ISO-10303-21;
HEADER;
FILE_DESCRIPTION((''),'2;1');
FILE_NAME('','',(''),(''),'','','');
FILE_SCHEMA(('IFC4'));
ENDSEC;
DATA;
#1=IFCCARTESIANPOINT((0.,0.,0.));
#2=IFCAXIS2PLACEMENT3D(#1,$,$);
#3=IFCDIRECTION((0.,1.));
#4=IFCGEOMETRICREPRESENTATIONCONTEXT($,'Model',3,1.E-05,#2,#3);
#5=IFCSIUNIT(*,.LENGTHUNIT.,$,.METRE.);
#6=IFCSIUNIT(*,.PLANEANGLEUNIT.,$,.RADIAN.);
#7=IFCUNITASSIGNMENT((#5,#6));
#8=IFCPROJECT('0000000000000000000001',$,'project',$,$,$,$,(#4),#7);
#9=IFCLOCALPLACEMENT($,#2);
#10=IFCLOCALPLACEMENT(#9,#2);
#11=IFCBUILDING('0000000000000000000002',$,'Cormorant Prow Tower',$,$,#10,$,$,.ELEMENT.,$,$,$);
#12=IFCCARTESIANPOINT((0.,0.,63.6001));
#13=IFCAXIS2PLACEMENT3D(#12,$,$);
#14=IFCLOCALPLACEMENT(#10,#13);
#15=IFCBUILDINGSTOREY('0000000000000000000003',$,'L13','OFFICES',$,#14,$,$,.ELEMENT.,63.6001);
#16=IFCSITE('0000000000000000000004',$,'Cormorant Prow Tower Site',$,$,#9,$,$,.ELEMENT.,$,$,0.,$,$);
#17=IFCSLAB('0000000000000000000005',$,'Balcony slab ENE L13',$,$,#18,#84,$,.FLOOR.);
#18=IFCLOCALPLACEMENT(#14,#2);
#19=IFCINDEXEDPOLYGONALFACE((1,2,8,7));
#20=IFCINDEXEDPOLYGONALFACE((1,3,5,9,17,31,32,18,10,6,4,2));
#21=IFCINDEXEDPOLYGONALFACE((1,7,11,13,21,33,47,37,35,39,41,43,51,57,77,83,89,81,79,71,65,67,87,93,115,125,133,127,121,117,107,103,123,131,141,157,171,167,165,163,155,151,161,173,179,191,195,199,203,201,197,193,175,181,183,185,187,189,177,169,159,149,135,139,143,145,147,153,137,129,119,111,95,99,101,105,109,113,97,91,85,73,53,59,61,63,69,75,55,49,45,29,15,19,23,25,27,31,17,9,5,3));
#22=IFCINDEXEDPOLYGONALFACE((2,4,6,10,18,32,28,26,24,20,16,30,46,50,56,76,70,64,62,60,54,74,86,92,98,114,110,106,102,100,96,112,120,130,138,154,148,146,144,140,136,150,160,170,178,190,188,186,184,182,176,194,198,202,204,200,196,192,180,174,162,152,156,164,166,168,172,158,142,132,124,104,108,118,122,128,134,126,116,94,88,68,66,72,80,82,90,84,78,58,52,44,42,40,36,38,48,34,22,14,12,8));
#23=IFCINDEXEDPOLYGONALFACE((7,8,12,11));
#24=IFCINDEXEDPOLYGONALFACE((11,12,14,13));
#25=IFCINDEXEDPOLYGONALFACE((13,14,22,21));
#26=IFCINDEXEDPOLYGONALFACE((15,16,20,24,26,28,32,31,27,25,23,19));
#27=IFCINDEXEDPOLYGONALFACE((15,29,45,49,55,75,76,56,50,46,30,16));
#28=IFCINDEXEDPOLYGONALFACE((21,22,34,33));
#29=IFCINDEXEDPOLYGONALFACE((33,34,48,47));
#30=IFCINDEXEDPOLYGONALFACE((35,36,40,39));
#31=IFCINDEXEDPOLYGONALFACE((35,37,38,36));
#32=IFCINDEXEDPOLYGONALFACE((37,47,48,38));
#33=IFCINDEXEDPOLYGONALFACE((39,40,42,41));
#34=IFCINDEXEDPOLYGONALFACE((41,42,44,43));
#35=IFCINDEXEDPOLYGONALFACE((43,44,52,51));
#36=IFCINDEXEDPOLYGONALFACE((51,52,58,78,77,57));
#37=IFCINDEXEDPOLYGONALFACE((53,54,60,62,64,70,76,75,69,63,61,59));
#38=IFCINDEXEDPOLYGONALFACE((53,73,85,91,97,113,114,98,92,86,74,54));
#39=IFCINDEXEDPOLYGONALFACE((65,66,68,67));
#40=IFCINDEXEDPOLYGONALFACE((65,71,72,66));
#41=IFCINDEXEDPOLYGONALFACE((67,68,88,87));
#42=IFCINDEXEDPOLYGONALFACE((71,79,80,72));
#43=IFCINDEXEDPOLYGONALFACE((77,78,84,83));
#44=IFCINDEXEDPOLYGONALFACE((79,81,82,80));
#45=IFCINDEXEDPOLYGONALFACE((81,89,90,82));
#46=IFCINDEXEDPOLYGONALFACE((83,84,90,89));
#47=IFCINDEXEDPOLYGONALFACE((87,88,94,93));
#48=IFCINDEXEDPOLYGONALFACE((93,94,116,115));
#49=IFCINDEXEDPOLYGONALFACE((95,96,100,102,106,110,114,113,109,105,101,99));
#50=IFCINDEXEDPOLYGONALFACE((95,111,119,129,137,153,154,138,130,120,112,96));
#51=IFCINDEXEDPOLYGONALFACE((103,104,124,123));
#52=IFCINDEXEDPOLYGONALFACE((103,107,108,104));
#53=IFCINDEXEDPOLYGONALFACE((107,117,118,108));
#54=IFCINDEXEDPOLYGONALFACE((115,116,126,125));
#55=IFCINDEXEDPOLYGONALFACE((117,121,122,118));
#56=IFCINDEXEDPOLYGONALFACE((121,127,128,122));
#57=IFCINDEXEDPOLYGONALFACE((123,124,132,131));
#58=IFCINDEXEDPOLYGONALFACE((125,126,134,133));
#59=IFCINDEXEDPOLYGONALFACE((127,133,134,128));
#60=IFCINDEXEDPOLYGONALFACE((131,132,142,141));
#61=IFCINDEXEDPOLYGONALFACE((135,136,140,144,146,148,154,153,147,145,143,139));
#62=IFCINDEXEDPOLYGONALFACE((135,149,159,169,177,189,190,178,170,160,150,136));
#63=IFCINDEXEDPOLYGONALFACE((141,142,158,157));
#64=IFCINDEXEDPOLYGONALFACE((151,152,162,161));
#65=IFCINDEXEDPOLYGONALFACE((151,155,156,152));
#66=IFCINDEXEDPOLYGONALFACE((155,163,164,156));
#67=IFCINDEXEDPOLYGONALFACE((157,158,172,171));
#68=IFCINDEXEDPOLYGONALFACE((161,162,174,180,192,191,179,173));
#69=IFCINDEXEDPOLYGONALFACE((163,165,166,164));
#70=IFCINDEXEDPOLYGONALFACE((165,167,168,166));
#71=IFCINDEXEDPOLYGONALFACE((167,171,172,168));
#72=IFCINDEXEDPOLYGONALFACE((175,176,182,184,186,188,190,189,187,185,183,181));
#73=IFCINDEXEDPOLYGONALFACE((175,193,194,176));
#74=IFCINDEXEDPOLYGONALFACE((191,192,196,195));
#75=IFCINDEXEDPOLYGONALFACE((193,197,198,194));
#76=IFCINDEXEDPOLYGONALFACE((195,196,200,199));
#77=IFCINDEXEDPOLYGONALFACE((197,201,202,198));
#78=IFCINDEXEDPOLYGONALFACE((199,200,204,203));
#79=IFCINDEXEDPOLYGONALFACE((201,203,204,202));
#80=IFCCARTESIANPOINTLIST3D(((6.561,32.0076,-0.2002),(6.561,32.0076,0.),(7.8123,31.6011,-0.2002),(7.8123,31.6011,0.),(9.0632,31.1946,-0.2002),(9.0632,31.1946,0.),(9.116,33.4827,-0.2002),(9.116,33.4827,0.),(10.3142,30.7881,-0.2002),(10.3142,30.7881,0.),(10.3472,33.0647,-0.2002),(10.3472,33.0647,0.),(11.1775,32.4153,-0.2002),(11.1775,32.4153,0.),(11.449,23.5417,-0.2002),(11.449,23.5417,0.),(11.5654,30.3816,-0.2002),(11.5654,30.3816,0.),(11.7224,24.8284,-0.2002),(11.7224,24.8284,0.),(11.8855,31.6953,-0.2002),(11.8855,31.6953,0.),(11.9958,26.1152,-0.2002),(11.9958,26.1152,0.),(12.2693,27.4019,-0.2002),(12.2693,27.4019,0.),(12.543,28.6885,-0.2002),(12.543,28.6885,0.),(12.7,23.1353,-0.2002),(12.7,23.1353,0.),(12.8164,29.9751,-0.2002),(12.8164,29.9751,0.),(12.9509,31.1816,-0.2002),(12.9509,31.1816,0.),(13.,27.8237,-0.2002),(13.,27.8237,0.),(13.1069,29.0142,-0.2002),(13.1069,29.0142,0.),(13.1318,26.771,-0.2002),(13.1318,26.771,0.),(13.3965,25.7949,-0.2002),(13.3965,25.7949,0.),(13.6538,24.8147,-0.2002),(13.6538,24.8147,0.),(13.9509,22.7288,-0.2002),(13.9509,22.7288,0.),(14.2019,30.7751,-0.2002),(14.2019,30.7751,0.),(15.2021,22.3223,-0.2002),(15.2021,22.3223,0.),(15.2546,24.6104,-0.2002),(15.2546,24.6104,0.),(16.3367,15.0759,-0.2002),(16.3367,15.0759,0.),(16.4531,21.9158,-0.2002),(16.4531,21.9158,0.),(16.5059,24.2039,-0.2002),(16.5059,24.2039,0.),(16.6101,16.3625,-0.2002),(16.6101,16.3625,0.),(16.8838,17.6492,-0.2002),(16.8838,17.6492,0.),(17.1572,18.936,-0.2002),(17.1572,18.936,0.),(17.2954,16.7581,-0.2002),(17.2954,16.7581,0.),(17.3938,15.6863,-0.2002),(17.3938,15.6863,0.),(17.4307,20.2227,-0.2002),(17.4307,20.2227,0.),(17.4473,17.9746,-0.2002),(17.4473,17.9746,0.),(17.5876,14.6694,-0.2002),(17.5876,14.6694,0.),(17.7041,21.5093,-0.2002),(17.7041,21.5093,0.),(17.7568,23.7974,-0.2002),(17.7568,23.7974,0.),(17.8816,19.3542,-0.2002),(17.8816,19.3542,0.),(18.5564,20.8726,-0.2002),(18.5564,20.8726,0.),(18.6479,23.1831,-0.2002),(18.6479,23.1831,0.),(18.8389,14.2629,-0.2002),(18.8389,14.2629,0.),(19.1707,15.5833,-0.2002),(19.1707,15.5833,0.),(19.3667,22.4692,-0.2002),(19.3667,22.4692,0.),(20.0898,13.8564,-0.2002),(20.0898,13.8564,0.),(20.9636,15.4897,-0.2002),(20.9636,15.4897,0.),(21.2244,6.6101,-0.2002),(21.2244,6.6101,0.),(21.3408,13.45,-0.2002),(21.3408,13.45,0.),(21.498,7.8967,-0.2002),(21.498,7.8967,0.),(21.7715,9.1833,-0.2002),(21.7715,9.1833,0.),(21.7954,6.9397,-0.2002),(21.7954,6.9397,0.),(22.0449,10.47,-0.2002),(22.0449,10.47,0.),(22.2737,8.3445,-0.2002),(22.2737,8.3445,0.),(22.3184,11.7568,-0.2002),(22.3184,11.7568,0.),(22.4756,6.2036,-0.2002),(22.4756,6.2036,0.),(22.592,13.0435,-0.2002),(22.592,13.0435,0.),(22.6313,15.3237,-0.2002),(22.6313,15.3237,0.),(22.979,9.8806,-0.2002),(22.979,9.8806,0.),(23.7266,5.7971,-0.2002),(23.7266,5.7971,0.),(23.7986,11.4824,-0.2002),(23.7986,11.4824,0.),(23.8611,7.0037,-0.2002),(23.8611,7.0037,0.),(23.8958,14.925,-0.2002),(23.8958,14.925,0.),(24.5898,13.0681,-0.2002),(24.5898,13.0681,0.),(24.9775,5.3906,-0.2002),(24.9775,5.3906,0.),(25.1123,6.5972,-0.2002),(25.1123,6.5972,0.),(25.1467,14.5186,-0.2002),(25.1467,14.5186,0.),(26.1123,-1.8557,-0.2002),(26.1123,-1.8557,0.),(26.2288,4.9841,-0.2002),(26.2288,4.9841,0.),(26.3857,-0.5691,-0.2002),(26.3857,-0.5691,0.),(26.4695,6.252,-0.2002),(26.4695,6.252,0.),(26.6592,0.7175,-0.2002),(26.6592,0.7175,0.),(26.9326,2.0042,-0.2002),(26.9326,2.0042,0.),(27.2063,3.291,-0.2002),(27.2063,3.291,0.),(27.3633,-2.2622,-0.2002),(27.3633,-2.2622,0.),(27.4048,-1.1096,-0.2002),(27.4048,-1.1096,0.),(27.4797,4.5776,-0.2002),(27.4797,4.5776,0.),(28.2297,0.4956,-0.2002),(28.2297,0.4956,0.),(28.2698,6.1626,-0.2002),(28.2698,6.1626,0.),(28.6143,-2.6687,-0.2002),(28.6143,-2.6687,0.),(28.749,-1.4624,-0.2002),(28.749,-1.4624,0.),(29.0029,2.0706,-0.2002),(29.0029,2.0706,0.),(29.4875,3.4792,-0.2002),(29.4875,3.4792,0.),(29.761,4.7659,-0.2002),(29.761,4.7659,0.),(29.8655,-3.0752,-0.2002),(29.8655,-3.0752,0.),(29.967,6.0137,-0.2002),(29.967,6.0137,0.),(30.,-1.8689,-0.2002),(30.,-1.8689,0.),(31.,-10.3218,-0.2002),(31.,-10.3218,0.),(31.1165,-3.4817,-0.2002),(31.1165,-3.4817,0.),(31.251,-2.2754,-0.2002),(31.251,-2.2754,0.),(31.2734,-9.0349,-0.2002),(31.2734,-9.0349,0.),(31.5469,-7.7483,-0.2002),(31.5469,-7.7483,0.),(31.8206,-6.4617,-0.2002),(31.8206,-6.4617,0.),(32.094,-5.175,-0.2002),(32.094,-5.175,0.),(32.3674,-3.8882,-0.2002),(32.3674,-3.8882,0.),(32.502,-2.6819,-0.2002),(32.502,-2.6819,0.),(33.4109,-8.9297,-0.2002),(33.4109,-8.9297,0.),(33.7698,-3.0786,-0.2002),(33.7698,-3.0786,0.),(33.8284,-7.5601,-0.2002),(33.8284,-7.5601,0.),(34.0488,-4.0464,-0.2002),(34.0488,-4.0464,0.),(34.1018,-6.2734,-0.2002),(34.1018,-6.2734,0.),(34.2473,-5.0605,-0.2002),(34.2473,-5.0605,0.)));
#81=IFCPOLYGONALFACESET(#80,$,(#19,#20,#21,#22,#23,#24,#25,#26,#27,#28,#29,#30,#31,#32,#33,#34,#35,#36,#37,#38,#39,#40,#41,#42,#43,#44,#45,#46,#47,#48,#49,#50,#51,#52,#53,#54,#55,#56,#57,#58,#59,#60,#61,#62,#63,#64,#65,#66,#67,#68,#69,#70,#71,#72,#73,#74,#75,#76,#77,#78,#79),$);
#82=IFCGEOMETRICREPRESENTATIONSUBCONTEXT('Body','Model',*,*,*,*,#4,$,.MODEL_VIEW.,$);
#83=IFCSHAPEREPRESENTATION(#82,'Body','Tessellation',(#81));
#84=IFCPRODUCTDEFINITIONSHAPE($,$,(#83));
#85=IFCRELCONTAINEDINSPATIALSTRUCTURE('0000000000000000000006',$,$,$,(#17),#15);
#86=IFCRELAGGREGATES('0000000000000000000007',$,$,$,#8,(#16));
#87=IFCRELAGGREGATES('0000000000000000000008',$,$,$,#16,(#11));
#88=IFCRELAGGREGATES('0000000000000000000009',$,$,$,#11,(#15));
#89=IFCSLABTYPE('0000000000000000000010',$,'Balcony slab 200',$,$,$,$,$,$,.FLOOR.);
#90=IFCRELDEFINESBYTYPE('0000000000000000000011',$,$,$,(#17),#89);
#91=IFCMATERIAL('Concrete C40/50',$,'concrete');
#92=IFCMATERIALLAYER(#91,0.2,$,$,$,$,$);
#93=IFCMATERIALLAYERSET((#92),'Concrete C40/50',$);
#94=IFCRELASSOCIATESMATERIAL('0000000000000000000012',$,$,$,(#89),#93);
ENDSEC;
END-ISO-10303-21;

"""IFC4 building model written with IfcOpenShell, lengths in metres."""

from ifc_helpers import new_model, si_unit, direction, frame, origin, place, context, subcontext, project, spatial, polyline, outline, extrude, material, layer, layer_set, type_object, element, save


model = new_model("IFC4")

# Units and contexts
model_context = context("Model", 3, precision=1e-05, world=origin(), true_north=direction((0.0, 1.0)))
body_context = subcontext(model_context, "Body", "Model", "MODEL_VIEW")
ifc_project = project(units=[si_unit("LENGTHUNIT", "METRE"), si_unit("PLANEANGLEUNIT", "RADIAN")], contexts=[model_context])

# Site, building, storey
site_placement = place(None, origin())
site = spatial("IfcSite", under=ifc_project, at=site_placement, Name="Cormorant Prow Tower Site", CompositionType="ELEMENT", RefElevation=0.0)
building_placement = place(site_placement, origin())
building = spatial("IfcBuilding", under=site, at=building_placement, Name="Cormorant Prow Tower", CompositionType="ELEMENT")
storey_placement = place(building_placement, frame((0.0, 0.0, 63.6001)))
storey = spatial("IfcBuildingStorey", under=building, at=storey_placement, Name="L13", Description="OFFICES", CompositionType="ELEMENT", Elevation=63.6001)

# Slab
ifc_material_1 = material(Name="Concrete C40/50", Category="concrete")
ifc_layer_1 = layer(ifc_material_1, 0.2)
ifc_layer_set_1 = layer_set([ifc_layer_1], Name="Concrete C40/50")
slab_type_1 = type_object("IfcSlabType", Name="Balcony slab 200", PredefinedType="FLOOR", material=ifc_layer_set_1)
slab_1_placement = place(storey_placement, frame((0.0, 0.0, -0.2002)))
element("IfcSlab", 1, at=slab_1_placement, inside=storey, type_object=slab_type_1, Name="Balcony slab ENE L13", PredefinedType="FLOOR", context=body_context, shape_type="SweptSolid", body=[
    extrude(outline(polyline([(31.0, -10.3218), (33.4109, -8.9297), (33.8284, -7.5601), (34.1018, -6.2734), (34.2473, -5.0605), (34.0488, -4.0464), (33.7698, -3.0786), (32.502, -2.6819), (31.251, -2.2754), (30.0, -1.8689), (28.749, -1.4624), (27.4048, -1.1096), (28.2297, 0.4956), (29.0029, 2.0706), (29.4875, 3.4792), (29.761, 4.7659), (29.967, 6.0137), (28.2698, 6.1626), (26.4695, 6.252), (25.1123, 6.5972), (23.8611, 7.0037), (21.7954, 6.9397), (22.2737, 8.3445), (22.979, 9.8806), (23.7986, 11.4824), (24.5898, 13.0681), (25.1467, 14.5186), (23.8958, 14.925), (22.6313, 15.3237), (20.9636, 15.4897), (19.1707, 15.5833), (17.3938, 15.6863), (17.2954, 16.7581), (17.4473, 17.9746), (17.8816, 19.3542), (18.5564, 20.8726), (19.3667, 22.4692), (18.6479, 23.1831), (17.7568, 23.7974), (16.5059, 24.2039), (15.2546, 24.6104), (13.6538, 24.8147), (13.3965, 25.7949), (13.1318, 26.771), (13.0, 27.8237), (13.1069, 29.0142), (14.2019, 30.7751), (12.9509, 31.1816), (11.8855, 31.6953), (11.1775, 32.4153), (10.3472, 33.0647), (9.116, 33.4827), (6.561, 32.0076), (7.8123, 31.6011), (9.0632, 31.1946), (10.3142, 30.7881), (11.5654, 30.3816), (12.8164, 29.9751), (12.543, 28.6885), (12.2693, 27.4019), (11.9958, 26.1152), (11.7224, 24.8284), (11.449, 23.5417), (12.7, 23.1353), (13.9509, 22.7288), (15.2021, 22.3223), (16.4531, 21.9158), (17.7041, 21.5093), (17.4307, 20.2227), (17.1572, 18.936), (16.8838, 17.6492), (16.6101, 16.3625), (16.3367, 15.0759), (17.5876, 14.6694), (18.8389, 14.2629), (20.0898, 13.8564), (21.3408, 13.45), (22.592, 13.0435), (22.3184, 11.7568), (22.0449, 10.47), (21.7715, 9.1833), (21.498, 7.8967), (21.2244, 6.6101), (22.4756, 6.2036), (23.7266, 5.7971), (24.9775, 5.3906), (26.2288, 4.9841), (27.4797, 4.5776), (27.2063, 3.291), (26.9326, 2.0042), (26.6592, 0.7175), (26.3857, -0.5691), (26.1123, -1.8557), (27.3633, -2.2622), (28.6143, -2.6687), (29.8655, -3.0752), (31.1165, -3.4817), (32.3674, -3.8882), (32.094, -5.175), (31.8206, -6.4617), (31.5469, -7.7483), (31.2734, -9.0349), (31.0, -10.3218)])), origin(), (0.0, 0.0, 1.0), 0.2002),
])

save(model, "model.ifc")
